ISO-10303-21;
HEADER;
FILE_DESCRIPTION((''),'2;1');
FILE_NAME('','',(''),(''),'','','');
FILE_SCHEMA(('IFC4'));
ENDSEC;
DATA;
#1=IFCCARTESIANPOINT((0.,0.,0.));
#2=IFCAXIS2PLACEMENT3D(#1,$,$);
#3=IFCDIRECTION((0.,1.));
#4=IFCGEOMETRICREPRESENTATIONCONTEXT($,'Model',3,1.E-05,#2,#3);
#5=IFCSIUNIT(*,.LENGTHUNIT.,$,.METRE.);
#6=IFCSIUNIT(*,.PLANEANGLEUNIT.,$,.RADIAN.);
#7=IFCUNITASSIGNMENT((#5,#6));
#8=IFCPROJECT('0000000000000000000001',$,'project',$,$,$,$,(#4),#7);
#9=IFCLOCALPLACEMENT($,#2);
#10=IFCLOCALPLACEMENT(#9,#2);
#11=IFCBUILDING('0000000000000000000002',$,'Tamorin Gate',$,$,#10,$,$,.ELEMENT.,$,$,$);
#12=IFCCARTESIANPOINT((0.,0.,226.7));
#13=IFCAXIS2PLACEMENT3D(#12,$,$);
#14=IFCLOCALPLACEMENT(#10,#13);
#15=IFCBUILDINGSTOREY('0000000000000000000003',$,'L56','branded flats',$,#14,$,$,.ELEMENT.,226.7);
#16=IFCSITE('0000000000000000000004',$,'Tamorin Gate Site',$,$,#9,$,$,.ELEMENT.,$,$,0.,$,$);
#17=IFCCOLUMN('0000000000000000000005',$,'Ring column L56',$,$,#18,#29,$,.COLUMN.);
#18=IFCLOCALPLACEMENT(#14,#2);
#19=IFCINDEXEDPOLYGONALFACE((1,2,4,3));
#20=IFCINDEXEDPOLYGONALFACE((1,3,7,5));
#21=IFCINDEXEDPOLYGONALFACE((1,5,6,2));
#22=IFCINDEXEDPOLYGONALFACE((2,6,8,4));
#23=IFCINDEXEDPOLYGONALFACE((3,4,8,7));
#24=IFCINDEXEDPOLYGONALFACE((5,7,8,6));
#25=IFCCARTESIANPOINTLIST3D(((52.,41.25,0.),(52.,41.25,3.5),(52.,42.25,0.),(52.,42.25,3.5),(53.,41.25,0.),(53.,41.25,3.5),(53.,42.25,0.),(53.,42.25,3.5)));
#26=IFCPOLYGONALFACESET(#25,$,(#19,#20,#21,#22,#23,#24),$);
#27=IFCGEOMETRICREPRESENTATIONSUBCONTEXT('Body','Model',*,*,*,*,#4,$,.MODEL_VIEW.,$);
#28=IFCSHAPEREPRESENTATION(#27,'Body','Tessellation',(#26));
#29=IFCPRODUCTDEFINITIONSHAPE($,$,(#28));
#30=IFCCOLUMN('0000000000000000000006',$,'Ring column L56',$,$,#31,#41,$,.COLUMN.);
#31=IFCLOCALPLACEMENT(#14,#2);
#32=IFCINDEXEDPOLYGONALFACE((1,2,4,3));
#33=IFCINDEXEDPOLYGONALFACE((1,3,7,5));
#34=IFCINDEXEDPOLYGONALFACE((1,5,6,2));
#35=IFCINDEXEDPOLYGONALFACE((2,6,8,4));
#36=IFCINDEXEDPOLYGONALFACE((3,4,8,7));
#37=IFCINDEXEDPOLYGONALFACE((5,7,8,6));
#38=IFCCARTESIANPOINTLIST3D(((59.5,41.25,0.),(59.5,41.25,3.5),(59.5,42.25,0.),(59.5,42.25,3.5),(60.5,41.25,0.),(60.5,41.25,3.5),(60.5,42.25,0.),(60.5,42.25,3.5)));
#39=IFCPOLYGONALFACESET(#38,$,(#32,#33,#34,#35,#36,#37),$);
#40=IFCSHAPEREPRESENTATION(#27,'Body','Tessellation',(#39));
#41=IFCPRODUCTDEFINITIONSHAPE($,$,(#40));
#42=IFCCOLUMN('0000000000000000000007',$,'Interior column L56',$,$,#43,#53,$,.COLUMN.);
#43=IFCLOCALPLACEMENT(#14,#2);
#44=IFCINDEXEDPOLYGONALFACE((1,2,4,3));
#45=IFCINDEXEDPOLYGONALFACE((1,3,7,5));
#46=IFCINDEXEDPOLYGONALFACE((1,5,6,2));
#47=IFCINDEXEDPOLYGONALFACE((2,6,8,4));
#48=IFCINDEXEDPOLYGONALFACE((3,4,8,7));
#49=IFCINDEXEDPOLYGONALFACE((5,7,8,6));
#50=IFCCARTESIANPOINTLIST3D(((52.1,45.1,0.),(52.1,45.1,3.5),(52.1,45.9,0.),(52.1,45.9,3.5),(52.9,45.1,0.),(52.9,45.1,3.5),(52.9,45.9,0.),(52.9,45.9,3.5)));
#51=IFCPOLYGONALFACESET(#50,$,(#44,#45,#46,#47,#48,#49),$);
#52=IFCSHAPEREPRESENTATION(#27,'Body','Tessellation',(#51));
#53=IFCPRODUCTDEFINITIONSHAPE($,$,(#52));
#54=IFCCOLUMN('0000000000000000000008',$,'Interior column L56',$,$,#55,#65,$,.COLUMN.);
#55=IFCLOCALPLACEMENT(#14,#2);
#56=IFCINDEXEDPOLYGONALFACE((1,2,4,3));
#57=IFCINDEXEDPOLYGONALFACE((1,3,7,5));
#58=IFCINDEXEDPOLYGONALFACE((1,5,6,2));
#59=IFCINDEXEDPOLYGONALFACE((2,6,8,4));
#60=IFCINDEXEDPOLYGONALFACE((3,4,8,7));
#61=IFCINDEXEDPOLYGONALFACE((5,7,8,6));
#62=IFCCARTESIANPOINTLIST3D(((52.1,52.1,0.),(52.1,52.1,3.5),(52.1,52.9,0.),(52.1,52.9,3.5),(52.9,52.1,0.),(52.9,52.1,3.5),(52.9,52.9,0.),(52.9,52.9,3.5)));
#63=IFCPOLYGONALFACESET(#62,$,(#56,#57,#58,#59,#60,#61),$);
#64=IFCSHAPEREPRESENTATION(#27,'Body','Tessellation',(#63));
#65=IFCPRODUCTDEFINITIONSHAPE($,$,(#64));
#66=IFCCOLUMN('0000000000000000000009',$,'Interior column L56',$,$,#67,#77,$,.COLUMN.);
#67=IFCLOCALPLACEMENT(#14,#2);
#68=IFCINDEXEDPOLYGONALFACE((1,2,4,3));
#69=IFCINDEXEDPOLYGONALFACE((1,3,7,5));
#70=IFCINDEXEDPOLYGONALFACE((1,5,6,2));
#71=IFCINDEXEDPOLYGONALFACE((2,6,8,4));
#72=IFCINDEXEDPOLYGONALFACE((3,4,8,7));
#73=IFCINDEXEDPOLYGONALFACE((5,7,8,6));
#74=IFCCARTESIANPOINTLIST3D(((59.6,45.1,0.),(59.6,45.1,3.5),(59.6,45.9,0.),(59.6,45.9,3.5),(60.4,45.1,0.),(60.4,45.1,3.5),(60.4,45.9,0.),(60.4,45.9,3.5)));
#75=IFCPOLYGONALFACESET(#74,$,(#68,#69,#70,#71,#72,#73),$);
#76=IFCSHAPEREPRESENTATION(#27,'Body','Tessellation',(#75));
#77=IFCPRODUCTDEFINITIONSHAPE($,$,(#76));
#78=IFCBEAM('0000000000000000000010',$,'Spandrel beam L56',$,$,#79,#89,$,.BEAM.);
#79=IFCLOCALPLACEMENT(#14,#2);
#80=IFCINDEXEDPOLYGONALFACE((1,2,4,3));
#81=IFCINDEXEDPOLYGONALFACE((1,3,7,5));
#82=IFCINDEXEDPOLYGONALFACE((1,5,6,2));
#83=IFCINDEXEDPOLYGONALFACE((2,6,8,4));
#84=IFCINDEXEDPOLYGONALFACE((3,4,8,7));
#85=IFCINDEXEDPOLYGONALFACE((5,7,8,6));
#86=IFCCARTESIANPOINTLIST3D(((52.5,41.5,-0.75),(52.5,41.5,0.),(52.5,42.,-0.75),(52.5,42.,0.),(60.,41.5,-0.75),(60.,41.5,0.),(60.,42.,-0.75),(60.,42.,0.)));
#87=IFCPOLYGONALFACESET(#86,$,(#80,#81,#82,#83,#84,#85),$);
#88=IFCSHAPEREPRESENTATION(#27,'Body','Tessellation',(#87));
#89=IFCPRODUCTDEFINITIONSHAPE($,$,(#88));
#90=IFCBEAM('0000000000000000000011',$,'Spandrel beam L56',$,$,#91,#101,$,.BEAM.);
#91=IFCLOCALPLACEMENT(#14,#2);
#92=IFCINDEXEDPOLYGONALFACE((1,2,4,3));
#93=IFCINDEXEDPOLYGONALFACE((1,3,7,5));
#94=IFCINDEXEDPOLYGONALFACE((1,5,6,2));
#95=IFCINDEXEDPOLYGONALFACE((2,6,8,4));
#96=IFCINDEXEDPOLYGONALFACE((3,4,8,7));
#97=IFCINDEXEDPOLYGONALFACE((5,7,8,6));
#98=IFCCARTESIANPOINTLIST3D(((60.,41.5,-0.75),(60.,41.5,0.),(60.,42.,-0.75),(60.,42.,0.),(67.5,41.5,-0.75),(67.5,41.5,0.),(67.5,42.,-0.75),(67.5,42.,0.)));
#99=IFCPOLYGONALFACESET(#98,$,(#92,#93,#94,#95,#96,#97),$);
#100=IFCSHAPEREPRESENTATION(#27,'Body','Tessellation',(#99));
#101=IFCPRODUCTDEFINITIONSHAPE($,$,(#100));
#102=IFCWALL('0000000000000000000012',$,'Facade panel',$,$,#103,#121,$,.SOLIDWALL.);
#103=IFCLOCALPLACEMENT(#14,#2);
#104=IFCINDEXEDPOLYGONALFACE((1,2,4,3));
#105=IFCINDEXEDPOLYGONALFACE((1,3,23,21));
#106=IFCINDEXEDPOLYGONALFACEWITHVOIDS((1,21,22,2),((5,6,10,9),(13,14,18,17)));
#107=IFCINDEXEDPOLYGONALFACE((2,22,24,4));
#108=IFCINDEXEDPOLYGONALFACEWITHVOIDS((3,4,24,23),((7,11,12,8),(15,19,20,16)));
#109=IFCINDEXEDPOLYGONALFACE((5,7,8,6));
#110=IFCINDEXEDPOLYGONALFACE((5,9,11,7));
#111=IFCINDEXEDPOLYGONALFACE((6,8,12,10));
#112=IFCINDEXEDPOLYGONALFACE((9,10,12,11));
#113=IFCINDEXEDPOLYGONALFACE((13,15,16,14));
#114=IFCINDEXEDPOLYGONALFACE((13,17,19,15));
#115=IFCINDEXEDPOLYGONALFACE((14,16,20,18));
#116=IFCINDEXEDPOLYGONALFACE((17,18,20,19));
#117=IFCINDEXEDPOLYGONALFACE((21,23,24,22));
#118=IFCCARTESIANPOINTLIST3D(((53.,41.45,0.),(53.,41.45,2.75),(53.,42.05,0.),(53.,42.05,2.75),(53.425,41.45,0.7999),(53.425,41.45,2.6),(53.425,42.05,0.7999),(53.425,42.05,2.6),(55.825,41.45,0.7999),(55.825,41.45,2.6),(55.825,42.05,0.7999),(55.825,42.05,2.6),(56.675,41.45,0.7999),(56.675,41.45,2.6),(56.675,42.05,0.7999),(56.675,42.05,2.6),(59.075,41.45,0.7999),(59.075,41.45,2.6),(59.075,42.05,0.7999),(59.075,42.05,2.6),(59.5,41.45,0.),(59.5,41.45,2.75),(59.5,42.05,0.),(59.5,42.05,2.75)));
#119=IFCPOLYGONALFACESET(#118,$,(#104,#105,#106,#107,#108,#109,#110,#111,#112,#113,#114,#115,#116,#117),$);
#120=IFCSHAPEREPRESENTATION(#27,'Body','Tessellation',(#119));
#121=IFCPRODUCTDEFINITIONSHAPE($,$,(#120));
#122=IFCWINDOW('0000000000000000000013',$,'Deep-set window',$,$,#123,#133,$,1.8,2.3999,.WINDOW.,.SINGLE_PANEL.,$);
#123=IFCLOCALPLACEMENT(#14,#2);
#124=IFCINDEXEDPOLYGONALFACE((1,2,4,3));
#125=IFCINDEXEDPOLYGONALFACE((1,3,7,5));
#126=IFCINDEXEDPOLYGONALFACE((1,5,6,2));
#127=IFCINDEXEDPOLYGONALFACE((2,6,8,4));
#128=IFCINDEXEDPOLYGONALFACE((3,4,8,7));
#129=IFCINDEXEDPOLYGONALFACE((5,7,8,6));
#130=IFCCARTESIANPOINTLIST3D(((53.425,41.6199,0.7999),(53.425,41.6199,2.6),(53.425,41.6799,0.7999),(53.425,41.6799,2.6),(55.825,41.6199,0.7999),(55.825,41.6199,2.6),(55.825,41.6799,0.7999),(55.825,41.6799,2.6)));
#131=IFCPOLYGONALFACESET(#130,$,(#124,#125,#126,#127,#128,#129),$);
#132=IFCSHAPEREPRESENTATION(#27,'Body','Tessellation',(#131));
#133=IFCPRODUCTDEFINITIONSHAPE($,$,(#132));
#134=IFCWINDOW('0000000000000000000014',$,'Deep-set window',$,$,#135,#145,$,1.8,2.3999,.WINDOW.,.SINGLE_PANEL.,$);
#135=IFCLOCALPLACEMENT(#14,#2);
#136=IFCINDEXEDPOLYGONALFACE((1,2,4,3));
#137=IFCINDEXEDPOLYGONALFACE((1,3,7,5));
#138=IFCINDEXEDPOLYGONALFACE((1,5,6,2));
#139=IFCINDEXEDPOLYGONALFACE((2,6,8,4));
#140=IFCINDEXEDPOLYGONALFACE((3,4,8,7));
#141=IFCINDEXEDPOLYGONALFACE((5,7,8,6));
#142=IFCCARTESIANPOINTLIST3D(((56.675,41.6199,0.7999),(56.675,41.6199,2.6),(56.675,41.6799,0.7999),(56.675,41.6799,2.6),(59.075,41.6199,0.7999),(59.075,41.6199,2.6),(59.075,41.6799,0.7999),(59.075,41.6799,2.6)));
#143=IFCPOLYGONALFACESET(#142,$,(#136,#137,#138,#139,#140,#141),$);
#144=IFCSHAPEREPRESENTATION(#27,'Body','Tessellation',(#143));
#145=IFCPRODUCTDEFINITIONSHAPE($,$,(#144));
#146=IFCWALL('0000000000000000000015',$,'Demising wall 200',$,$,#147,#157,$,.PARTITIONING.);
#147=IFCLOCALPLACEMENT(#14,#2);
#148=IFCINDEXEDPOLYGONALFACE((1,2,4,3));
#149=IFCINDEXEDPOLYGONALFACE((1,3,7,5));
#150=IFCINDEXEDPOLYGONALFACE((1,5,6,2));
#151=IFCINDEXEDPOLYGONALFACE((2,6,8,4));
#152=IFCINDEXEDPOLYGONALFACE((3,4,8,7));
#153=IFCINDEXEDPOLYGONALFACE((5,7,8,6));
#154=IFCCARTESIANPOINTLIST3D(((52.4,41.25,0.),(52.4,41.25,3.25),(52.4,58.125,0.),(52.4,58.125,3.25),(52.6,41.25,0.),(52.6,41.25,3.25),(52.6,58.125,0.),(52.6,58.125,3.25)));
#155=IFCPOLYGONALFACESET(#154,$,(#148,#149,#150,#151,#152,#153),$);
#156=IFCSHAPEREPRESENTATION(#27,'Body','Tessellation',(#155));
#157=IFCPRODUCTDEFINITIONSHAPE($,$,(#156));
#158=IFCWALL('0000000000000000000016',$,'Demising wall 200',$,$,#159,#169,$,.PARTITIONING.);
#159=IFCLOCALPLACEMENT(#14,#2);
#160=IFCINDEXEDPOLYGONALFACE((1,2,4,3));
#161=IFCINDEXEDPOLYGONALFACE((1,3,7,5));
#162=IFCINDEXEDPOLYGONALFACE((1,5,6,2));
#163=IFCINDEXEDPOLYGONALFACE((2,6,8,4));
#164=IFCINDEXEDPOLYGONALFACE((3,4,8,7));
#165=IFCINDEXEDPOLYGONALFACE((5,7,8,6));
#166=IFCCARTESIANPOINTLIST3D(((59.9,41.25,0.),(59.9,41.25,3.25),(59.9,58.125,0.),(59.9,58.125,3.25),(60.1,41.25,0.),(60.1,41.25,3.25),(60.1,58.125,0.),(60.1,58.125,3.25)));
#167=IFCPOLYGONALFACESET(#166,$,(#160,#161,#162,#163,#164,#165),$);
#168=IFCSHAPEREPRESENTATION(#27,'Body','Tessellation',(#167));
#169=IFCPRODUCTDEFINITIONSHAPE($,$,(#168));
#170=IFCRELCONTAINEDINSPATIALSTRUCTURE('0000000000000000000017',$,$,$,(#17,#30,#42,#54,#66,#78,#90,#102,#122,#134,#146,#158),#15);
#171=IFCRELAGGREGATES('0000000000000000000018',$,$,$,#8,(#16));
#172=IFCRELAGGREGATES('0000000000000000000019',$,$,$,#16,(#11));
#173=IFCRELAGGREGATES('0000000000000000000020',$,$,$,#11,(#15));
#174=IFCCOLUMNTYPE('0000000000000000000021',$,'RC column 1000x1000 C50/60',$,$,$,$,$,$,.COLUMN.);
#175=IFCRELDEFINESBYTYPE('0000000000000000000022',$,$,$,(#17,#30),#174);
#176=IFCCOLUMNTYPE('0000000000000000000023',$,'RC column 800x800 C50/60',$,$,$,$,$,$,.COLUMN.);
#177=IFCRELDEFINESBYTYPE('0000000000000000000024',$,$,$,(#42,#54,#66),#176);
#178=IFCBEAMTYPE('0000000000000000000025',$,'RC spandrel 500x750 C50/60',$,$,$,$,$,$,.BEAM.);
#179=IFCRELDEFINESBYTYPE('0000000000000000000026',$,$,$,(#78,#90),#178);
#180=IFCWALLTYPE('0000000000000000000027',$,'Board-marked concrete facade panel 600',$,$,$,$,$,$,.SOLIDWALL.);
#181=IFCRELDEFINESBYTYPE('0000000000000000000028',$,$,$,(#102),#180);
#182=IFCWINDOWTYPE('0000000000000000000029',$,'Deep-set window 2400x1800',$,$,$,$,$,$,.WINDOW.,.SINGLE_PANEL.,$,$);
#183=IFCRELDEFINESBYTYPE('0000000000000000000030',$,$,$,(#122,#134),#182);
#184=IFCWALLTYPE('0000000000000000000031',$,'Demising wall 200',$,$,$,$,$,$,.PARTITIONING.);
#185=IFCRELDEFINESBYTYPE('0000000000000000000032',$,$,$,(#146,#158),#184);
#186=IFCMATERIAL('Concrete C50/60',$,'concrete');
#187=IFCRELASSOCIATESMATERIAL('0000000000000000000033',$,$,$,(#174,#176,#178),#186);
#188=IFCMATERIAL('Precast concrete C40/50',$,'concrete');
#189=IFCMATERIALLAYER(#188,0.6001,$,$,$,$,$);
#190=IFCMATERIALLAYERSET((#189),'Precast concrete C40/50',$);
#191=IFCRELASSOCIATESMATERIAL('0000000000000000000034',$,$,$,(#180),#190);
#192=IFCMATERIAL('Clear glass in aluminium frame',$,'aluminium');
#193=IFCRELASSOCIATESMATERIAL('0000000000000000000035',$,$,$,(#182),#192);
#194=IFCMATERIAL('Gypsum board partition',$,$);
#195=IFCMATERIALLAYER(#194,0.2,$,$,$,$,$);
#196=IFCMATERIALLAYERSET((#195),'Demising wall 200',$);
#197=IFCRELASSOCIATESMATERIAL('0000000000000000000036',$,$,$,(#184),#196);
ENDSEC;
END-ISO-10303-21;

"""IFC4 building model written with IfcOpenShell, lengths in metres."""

from ifc_helpers import new_model, si_unit, direction, frame, frame_2d, origin, origin_2d, place, context, subcontext, project, spatial, rectangle, extrude, material, layer, layer_set, material_profile, profile_set, type_object, element, fill, save


model = new_model("IFC4")

# Units and contexts
model_context = context("Model", 3, precision=1e-05, world=origin(), true_north=direction((0.0, 1.0)))
body_context = subcontext(model_context, "Body", "Model", "MODEL_VIEW")
ifc_project = project(units=[si_unit("LENGTHUNIT", "METRE"), si_unit("PLANEANGLEUNIT", "RADIAN")], contexts=[model_context])

# Site, building, storey
site_placement = place(None, origin())
site = spatial("IfcSite", under=ifc_project, at=site_placement, Name="Tamorin Gate Site", CompositionType="ELEMENT", RefElevation=0.0)
building_placement = place(site_placement, origin())
building = spatial("IfcBuilding", under=site, at=building_placement, Name="Tamorin Gate", CompositionType="ELEMENT")
storey_placement = place(building_placement, frame((0.0, 0.0, 226.7)))
storey = spatial("IfcBuildingStorey", under=building, at=storey_placement, Name="L56", Description="branded flats", CompositionType="ELEMENT", Elevation=226.7)

# Columns
ifc_material_1 = material(Name="Concrete C50/60", Category="concrete")
ifc_material_profile_1 = material_profile(ifc_material_1, rectangle(XDim=1.0, YDim=1.0, at=origin_2d()), Name="RC 1000x1000")
ifc_profile_set_1 = profile_set([ifc_material_profile_1], Name="Concrete C50/60")
column_type_1 = type_object("IfcColumnType", Name="RC column 1000x1000 C50/60", PredefinedType="COLUMN", material=ifc_profile_set_1)
for number, where, z_axis, x_axis, name in (
    (1, (52.5, 41.75, 0.0), (0.0, 0.0, 1.0), (1.0, 0.0, 0.0), "Ring column L56"),
    (2, (60.0, 41.75, 0.0), (0.0, 0.0, 1.0), (1.0, 0.0, 0.0), "Ring column L56"),
):
    element("IfcColumn", number, at=place(storey_placement, frame(where, z_axis=z_axis, x_axis=x_axis)), inside=storey, type_object=column_type_1, Name=name, PredefinedType="COLUMN", context=body_context, shape_type="SweptSolid", body=[
        extrude(rectangle(XDim=1.0, YDim=1.0, at=origin_2d()), origin(), (0.0, 0.0, 1.0), 3.5),
    ])
ifc_material_profile_2 = material_profile(ifc_material_1, rectangle(XDim=0.8, YDim=0.8, at=origin_2d()), Name="RC 800x800")
ifc_profile_set_2 = profile_set([ifc_material_profile_2], Name="Concrete C50/60")
column_type_2 = type_object("IfcColumnType", Name="RC column 800x800 C50/60", PredefinedType="COLUMN", material=ifc_profile_set_2)
for number, where, z_axis, x_axis, name in (
    (3, (52.5, 45.5, 0.0), (0.0, 0.0, 1.0), (1.0, 0.0, 0.0), "Interior column L56"),
    (4, (52.5, 52.5, 0.0), (0.0, 0.0, 1.0), (1.0, 0.0, 0.0), "Interior column L56"),
    (5, (60.0, 45.5, 0.0), (0.0, 0.0, 1.0), (1.0, 0.0, 0.0), "Interior column L56"),
):
    element("IfcColumn", number, at=place(storey_placement, frame(where, z_axis=z_axis, x_axis=x_axis)), inside=storey, type_object=column_type_2, Name=name, PredefinedType="COLUMN", context=body_context, shape_type="SweptSolid", body=[
        extrude(rectangle(XDim=0.8, YDim=0.8, at=origin_2d()), origin(), (0.0, 0.0, 1.0), 3.5),
    ])

# Beams
ifc_material_profile_3 = material_profile(ifc_material_1, rectangle(XDim=0.5, YDim=0.75, at=origin_2d()), Name="RC 500x750")
ifc_profile_set_3 = profile_set([ifc_material_profile_3], Name="Concrete C50/60")
beam_type = type_object("IfcBeamType", Name="RC spandrel 500x750 C50/60", PredefinedType="BEAM", material=ifc_profile_set_3)
for number, where, z_axis, x_axis, name in (
    (6, (52.5, 41.75, -0.375), (1.0, 0.0, 0.0), (0.0, 1.0, 0.0), "Spandrel beam L56"),
    (7, (60.0, 41.75, -0.375), (1.0, 0.0, 0.0), (0.0, 1.0, 0.0), "Spandrel beam L56"),
):
    element("IfcBeam", number, at=place(storey_placement, frame(where, z_axis=z_axis, x_axis=x_axis)), inside=storey, type_object=beam_type, Name=name, PredefinedType="BEAM", context=body_context, shape_type="SweptSolid", body=[
        extrude(rectangle(XDim=0.5, YDim=0.75, at=origin_2d()), origin(), (0.0, 0.0, 1.0), 7.5),
    ])

# Wall, openings, windows
ifc_material_2 = material(Name="Precast concrete C40/50", Category="concrete")
ifc_layer_1 = layer(ifc_material_2, 0.6001)
ifc_layer_set_1 = layer_set([ifc_layer_1], Name="Precast concrete C40/50")
wall_type_1 = type_object("IfcWallType", Name="Board-marked concrete facade panel 600", PredefinedType="SOLIDWALL", material=ifc_layer_set_1)
wall_1_placement = place(storey_placement, frame((53.0, 41.75, 0.0), z_axis=(0.0, 0.0, 1.0), x_axis=(1.0, 0.0, 0.0)))
wall_1 = element("IfcWall", 8, at=wall_1_placement, inside=storey, type_object=wall_type_1, Name="Facade panel", PredefinedType="SOLIDWALL", context=body_context, shape_type="SweptSolid", body=[
    extrude(rectangle(XDim=6.5, YDim=0.6001, at=frame_2d((3.25, 0.0))), origin(), (0.0, 0.0, 1.0), 2.75),
])
opening_1_placement = place(wall_1_placement, frame((0.425, 0.0, 0.8)))
opening_1 = element("IfcOpeningElement", 9, at=opening_1_placement, cuts=wall_1, PredefinedType="OPENING", context=body_context, shape_type="SweptSolid", body=[
    extrude(rectangle(XDim=2.3999, YDim=1.8, at=frame_2d((1.2, 0.8999))), frame((0.0, 0.3101, 0.0), z_axis=(0.0, -1.0, 0.0), x_axis=(1.0, 0.0, 0.0)), (0.0, 0.0, 1.0), 0.6201),
])
opening_2_placement = place(wall_1_placement, frame((3.675, 0.0, 0.8)))
opening_2 = element("IfcOpeningElement", 10, at=opening_2_placement, cuts=wall_1, PredefinedType="OPENING", context=body_context, shape_type="SweptSolid", body=[
    extrude(rectangle(XDim=2.3999, YDim=1.8, at=frame_2d((1.2, 0.8999))), frame((0.0, 0.3101, 0.0), z_axis=(0.0, -1.0, 0.0), x_axis=(1.0, 0.0, 0.0)), (0.0, 0.0, 1.0), 0.6201),
])
ifc_material_3 = material(Name="Clear glass in aluminium frame", Category="aluminium")
window_type = type_object("IfcWindowType", Name="Deep-set window 2400x1800", PartitioningType="SINGLE_PANEL", PredefinedType="WINDOW", material=ifc_material_3)
window_1_placement = place(opening_1_placement, origin())
window_1 = element("IfcWindow", 11, at=window_1_placement, inside=storey, type_object=window_type, Name="Deep-set window", OverallHeight=1.8, OverallWidth=2.3999, PartitioningType="SINGLE_PANEL", PredefinedType="WINDOW", context=body_context, shape_type="SweptSolid", body=[
    extrude(rectangle(XDim=2.3999, YDim=1.8, at=frame_2d((1.2, 0.8999))), frame((0.0, -0.0701, 0.0), z_axis=(0.0, -1.0, 0.0), x_axis=(1.0, 0.0, 0.0)), (0.0, 0.0, 1.0), 0.0601),
])
fill(opening_1, window_1)
window_2_placement = place(opening_2_placement, origin())
window_2 = element("IfcWindow", 12, at=window_2_placement, inside=storey, type_object=window_type, Name="Deep-set window", OverallHeight=1.8, OverallWidth=2.3999, PartitioningType="SINGLE_PANEL", PredefinedType="WINDOW", context=body_context, shape_type="SweptSolid", body=[
    extrude(rectangle(XDim=2.3999, YDim=1.8, at=frame_2d((1.2, 0.8999))), frame((0.0, -0.0701, 0.0), z_axis=(0.0, -1.0, 0.0), x_axis=(1.0, 0.0, 0.0)), (0.0, 0.0, 1.0), 0.0601),
])
fill(opening_2, window_2)

# Walls
ifc_material_4 = material(Name="Gypsum board partition")
ifc_layer_2 = layer(ifc_material_4, 0.2)
ifc_layer_set_2 = layer_set([ifc_layer_2], Name="Demising wall 200")
wall_type_2 = type_object("IfcWallType", Name="Demising wall 200", PredefinedType="PARTITIONING", material=ifc_layer_set_2)
for number, where, z_axis, x_axis, name in (
    (13, (52.5, 41.25, 0.0), (0.0, 0.0, 1.0), (0.0, 1.0, 0.0), "Demising wall 200"),
    (14, (60.0, 41.25, 0.0), (0.0, 0.0, 1.0), (0.0, 1.0, 0.0), "Demising wall 200"),
):
    element("IfcWall", number, at=place(storey_placement, frame(where, z_axis=z_axis, x_axis=x_axis)), inside=storey, type_object=wall_type_2, Name=name, PredefinedType="PARTITIONING", context=body_context, shape_type="SweptSolid", body=[
        extrude(rectangle(XDim=16.875, YDim=0.2, at=frame_2d((8.4375, 0.0))), origin(), (0.0, 0.0, 1.0), 3.25),
    ])

save(model, "model.ifc")
